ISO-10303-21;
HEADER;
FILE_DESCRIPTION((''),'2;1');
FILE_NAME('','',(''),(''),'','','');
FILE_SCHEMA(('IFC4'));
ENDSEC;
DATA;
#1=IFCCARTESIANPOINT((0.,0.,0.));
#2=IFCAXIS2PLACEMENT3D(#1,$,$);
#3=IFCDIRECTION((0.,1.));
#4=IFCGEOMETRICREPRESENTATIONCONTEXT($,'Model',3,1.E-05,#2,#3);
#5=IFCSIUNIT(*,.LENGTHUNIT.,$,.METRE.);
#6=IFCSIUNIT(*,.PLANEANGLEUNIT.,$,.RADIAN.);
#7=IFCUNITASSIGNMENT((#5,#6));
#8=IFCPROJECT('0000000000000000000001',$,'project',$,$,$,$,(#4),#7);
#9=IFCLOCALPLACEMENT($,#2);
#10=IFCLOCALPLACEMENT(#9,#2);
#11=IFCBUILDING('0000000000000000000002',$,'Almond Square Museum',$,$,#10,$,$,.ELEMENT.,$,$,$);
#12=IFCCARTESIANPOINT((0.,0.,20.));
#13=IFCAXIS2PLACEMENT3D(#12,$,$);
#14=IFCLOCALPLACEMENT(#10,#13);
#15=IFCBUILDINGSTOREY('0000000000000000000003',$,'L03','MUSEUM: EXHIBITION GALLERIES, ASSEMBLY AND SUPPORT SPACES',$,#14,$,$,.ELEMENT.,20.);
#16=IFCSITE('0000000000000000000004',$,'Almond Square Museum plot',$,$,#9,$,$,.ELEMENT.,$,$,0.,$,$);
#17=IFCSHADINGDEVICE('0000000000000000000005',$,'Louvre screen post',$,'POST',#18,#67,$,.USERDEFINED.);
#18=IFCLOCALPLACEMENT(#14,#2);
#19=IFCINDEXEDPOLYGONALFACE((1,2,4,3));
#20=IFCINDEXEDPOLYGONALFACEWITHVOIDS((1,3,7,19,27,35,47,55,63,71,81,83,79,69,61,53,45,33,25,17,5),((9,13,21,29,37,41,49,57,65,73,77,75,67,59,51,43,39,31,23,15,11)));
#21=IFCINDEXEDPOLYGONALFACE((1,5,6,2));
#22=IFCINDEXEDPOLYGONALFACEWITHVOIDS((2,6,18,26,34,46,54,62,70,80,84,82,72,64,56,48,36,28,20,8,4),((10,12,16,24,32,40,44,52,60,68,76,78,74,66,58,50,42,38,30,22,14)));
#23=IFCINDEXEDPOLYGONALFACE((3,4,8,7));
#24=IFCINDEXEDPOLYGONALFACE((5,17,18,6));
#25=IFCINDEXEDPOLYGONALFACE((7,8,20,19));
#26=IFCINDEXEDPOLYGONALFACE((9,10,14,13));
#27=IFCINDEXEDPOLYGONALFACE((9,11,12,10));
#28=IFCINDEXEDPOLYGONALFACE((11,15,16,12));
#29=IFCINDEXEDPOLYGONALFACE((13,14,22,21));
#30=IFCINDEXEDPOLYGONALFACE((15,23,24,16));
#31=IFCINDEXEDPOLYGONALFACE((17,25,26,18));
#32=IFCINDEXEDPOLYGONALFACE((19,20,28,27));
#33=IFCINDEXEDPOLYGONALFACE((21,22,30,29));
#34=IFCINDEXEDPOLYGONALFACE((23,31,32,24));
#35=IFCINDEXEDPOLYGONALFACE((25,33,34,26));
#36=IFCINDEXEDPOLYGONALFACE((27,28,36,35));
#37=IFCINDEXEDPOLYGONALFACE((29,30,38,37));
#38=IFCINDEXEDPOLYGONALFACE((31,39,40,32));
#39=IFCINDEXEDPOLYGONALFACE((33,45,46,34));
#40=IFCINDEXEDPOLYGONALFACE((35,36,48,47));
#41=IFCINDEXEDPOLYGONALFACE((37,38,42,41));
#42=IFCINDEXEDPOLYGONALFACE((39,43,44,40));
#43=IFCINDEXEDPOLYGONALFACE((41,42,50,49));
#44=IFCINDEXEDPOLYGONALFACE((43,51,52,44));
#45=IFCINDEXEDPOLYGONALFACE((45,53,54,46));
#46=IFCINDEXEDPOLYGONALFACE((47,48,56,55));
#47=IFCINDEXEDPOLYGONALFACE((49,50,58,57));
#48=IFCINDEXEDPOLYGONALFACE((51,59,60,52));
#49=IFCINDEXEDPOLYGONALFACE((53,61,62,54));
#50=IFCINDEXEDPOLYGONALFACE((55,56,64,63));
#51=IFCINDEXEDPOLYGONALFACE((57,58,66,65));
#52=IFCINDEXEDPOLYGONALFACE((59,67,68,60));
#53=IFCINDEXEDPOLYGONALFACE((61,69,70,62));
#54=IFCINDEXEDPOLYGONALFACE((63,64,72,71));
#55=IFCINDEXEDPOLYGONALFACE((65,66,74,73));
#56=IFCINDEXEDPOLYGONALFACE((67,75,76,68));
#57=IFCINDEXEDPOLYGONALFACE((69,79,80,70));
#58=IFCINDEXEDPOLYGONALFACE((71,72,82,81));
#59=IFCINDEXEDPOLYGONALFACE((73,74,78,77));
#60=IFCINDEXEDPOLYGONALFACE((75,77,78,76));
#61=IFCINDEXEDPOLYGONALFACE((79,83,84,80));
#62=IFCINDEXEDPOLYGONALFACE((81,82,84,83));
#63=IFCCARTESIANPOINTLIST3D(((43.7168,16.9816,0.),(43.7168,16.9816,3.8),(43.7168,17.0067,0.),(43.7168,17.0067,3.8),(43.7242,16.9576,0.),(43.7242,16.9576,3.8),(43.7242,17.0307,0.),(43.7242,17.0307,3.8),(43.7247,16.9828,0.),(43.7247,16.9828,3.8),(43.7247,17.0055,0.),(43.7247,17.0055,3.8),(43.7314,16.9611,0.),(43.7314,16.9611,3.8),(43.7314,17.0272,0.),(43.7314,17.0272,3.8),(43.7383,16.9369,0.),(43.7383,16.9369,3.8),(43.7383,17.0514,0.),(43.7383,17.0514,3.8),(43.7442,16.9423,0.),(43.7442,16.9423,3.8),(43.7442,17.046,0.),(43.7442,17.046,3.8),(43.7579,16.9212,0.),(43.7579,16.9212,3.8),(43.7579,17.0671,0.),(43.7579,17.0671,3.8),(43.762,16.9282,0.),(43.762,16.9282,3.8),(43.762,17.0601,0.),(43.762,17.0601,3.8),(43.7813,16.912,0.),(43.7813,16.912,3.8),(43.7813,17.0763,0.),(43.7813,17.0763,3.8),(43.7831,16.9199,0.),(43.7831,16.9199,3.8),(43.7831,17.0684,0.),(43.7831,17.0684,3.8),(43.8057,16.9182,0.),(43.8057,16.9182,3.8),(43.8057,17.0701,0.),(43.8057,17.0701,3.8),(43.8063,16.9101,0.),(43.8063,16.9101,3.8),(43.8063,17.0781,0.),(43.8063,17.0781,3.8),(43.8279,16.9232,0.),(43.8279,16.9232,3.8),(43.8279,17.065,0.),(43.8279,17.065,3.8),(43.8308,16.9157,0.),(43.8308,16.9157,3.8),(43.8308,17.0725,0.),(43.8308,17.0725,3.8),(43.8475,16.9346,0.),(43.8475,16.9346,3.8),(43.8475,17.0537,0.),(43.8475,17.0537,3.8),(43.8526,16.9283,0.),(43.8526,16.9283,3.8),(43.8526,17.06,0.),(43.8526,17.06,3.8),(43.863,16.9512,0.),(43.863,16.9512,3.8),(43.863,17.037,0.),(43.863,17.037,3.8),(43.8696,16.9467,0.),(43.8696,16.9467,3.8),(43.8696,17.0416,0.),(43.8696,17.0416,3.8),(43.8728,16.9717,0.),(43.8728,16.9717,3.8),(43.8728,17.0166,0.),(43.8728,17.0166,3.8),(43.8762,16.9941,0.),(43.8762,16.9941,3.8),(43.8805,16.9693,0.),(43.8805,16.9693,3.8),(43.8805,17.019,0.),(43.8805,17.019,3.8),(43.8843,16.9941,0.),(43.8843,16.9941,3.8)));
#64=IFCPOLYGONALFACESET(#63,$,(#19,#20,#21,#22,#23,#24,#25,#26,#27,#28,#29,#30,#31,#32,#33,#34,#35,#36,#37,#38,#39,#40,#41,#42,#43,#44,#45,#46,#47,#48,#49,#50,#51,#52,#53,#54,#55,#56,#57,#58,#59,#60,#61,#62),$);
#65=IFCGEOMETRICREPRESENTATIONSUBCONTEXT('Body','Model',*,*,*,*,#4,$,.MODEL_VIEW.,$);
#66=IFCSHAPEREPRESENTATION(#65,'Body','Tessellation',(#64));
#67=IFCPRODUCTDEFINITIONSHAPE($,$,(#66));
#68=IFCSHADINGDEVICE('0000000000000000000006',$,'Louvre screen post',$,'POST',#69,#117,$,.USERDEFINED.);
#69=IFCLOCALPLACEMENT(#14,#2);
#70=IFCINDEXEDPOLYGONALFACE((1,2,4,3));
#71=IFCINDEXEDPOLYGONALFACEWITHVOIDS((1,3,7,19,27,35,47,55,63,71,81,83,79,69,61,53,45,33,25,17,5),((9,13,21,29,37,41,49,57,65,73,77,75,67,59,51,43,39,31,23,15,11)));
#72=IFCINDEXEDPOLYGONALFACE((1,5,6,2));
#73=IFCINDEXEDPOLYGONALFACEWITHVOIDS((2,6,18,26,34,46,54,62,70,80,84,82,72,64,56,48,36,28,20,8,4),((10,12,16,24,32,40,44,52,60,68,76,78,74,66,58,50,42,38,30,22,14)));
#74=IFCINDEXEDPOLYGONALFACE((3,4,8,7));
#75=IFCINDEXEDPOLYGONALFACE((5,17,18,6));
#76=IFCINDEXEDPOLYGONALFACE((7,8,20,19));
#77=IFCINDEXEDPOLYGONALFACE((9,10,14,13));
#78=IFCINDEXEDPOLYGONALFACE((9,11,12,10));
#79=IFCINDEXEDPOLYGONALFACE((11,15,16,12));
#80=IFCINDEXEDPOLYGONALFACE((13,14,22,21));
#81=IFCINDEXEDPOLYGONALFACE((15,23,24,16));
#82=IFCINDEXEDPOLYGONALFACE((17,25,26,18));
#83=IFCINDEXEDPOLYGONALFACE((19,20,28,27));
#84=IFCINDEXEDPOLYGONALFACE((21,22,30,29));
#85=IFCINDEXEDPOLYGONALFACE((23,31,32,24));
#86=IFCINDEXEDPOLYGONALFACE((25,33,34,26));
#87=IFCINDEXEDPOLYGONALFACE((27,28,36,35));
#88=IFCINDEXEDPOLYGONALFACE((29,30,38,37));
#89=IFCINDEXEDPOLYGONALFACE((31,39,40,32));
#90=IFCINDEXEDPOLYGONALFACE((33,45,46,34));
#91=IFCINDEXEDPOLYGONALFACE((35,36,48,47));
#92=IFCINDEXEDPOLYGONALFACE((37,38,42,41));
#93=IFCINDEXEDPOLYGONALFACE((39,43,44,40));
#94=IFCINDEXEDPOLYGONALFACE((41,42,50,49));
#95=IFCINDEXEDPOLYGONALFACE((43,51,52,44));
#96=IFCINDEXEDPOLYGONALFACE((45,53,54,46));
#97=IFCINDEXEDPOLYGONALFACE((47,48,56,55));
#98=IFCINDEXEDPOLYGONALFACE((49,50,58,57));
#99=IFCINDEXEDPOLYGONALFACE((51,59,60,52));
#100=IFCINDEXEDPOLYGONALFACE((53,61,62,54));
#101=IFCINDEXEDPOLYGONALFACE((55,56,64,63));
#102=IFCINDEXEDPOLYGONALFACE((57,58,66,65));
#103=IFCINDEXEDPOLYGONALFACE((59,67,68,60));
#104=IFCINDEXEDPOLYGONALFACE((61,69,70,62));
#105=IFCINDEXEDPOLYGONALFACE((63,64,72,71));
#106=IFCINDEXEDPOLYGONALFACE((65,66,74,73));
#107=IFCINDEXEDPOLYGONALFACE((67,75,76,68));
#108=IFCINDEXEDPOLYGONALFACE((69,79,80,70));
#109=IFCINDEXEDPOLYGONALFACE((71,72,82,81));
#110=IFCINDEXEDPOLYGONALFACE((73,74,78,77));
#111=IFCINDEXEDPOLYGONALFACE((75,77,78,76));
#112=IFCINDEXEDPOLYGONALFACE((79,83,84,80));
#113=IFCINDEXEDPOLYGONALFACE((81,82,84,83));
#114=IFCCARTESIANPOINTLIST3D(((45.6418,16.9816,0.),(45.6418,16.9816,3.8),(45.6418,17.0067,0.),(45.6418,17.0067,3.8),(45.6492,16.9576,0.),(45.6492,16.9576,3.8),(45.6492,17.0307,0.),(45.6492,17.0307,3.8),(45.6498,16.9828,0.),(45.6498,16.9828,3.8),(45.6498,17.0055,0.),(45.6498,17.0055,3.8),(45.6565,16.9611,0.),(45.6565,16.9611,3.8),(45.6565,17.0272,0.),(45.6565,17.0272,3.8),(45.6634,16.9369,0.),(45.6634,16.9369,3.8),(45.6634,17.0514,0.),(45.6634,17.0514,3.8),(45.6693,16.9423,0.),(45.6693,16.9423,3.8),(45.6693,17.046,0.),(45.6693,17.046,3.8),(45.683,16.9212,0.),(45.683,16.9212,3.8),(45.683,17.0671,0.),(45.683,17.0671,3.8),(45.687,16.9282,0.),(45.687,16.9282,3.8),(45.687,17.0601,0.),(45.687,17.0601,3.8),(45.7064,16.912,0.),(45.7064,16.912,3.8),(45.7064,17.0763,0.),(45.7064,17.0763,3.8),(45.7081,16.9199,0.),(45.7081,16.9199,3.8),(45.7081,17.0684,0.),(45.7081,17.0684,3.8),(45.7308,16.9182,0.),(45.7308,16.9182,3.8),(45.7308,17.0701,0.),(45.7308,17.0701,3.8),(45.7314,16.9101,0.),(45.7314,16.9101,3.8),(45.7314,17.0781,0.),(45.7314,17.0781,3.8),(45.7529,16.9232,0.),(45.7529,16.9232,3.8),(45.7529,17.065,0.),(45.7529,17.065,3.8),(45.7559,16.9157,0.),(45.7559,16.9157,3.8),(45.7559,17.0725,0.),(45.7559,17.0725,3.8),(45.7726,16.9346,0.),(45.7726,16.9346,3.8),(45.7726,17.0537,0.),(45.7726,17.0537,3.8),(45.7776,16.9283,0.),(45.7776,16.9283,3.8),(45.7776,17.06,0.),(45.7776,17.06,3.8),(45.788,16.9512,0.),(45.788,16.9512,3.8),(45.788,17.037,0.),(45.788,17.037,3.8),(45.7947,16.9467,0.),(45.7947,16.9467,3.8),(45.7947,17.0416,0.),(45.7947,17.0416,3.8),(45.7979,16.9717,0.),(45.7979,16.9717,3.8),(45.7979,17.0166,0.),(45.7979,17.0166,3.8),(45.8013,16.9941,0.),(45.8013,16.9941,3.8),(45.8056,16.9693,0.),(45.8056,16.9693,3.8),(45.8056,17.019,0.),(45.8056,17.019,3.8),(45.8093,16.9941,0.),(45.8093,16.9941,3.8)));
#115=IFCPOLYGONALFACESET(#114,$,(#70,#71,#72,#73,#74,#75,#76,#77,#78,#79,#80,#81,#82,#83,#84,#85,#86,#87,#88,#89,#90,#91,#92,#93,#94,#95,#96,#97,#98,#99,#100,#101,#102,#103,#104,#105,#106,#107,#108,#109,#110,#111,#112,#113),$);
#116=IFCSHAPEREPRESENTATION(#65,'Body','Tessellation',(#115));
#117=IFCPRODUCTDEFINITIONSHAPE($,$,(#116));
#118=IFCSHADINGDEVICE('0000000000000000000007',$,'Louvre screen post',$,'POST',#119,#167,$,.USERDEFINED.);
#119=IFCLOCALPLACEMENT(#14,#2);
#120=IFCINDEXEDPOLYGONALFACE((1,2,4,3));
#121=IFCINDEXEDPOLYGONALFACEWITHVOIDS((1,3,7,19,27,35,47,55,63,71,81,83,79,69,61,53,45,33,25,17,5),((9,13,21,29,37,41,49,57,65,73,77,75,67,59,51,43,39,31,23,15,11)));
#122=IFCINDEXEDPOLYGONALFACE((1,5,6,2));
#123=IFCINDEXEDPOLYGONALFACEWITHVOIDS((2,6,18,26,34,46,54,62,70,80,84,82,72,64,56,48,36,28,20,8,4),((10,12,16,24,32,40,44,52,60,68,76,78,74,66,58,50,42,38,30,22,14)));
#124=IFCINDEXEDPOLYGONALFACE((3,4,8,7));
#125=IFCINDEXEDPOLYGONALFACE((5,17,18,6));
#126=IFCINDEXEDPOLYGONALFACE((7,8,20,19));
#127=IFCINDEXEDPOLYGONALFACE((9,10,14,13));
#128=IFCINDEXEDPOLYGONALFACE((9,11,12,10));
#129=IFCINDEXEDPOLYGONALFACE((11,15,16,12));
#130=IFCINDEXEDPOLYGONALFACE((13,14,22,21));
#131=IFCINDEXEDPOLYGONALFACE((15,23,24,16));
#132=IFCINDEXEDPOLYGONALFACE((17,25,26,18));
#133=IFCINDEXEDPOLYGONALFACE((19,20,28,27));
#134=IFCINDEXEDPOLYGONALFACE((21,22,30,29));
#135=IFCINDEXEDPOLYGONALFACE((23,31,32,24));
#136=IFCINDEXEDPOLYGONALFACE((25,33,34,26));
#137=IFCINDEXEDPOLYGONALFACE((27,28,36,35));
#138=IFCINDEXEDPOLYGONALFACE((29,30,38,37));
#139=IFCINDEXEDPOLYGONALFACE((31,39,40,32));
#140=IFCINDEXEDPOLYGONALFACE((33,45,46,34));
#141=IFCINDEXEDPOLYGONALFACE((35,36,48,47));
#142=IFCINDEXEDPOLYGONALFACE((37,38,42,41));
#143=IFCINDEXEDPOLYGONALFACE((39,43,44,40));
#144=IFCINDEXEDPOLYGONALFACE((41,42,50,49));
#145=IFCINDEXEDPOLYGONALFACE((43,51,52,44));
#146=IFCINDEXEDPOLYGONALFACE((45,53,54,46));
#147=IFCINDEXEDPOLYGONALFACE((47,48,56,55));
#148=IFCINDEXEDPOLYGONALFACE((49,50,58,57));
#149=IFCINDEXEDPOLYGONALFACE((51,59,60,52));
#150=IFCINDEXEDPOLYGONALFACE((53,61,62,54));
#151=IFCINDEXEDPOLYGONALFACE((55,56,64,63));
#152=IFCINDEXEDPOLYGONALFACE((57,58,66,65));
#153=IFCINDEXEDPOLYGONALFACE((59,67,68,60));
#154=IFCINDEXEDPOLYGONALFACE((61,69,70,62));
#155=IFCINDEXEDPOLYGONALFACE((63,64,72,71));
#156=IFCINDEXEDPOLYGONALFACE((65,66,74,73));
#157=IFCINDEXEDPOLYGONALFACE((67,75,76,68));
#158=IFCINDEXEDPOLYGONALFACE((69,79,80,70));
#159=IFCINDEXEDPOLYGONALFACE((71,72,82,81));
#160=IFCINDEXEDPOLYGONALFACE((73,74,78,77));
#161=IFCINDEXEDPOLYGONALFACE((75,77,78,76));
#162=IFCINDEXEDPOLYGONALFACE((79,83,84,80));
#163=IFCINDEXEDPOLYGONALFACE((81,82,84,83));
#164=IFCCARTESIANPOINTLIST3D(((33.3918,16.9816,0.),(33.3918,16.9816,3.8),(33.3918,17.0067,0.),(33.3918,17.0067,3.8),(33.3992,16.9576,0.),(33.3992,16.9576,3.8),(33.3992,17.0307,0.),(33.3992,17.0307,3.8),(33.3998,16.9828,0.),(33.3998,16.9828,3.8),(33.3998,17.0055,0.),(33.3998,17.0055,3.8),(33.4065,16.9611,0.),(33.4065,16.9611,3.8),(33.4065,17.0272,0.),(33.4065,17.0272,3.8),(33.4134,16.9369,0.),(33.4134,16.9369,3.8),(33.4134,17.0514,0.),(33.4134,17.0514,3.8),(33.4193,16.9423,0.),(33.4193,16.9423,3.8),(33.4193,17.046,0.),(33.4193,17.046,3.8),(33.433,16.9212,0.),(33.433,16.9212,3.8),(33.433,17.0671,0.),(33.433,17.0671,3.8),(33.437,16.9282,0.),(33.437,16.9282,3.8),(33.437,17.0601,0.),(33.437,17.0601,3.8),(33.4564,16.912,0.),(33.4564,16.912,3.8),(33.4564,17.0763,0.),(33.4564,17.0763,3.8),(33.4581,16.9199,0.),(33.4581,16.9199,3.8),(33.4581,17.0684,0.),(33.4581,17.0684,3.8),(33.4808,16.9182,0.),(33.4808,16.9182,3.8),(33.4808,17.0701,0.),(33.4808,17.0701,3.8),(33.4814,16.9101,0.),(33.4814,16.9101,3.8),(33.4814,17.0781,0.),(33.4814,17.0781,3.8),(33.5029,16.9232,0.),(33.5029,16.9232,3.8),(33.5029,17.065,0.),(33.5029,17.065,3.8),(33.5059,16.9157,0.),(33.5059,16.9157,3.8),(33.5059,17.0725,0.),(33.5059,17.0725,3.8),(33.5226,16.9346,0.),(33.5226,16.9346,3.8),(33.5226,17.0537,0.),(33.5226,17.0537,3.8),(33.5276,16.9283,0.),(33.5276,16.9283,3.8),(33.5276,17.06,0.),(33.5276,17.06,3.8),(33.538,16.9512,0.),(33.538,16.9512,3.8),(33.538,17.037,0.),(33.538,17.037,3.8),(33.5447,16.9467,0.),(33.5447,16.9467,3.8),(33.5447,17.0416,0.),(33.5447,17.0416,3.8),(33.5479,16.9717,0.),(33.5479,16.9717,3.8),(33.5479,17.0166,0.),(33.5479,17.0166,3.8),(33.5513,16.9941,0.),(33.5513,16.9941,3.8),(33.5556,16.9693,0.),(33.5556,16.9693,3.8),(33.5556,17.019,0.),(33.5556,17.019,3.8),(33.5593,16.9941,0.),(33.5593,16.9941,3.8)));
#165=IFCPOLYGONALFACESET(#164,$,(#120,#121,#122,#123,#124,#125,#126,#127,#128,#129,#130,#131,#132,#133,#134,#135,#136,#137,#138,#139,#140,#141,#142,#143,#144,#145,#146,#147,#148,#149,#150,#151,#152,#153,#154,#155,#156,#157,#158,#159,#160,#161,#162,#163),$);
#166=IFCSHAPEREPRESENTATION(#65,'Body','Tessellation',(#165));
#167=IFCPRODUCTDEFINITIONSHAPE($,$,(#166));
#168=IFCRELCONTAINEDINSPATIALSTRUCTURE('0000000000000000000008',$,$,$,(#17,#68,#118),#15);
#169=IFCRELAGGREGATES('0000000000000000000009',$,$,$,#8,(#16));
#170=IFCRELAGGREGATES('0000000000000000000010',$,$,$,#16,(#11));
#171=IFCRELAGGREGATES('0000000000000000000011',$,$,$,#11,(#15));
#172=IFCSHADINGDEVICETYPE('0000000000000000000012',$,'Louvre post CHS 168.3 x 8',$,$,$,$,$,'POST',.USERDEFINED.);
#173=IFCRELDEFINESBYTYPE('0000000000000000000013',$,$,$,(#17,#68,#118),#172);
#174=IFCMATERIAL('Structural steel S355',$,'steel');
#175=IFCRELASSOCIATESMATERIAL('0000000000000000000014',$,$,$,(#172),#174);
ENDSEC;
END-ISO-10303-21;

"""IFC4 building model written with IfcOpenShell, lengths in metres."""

from ifc_helpers import new_model, si_unit, direction, frame, origin, origin_2d, place, context, subcontext, project, spatial, hollow_circle, extrude, material, material_profile, profile_set, type_object, element, save


model = new_model("IFC4")

# Units and contexts
model_context = context("Model", 3, precision=1e-05, world=origin(), true_north=direction((0.0, 1.0)))
body_context = subcontext(model_context, "Body", "Model", "MODEL_VIEW")
ifc_project = project(units=[si_unit("LENGTHUNIT", "METRE"), si_unit("PLANEANGLEUNIT", "RADIAN")], contexts=[model_context])

# Site, building, storey
site_placement = place(None, origin())
site = spatial("IfcSite", under=ifc_project, at=site_placement, Name="Almond Square Museum plot", CompositionType="ELEMENT", RefElevation=0.0)
building_placement = place(site_placement, origin())
building = spatial("IfcBuilding", under=site, at=building_placement, Name="Almond Square Museum", CompositionType="ELEMENT")
storey_placement = place(building_placement, frame((0.0, 0.0, 20.0)))
storey = spatial("IfcBuildingStorey", under=building, at=storey_placement, Name="L03", Description="MUSEUM: EXHIBITION GALLERIES, ASSEMBLY AND SUPPORT SPACES", CompositionType="ELEMENT", Elevation=20.0)

# Shading devices
ifc_material_1 = material(Name="Structural steel S355", Category="steel")
ifc_material_profile_1 = material_profile(ifc_material_1, hollow_circle(Radius=0.0842, WallThickness=0.0081, at=origin_2d()))
ifc_profile_set_1 = profile_set([ifc_material_profile_1], Name="Structural steel S355")
shading_device_type = type_object("IfcShadingDeviceType", Name="Louvre post CHS 168.3 x 8", ElementType="POST", PredefinedType="USERDEFINED", material=ifc_profile_set_1)
for number, where, z_axis, x_axis, name in (
    (1, (43.8, 16.9941, 0.0), (0.0, 0.0, 1.0), (1.0, 0.0, 0.0), "Louvre screen post"),
    (2, (45.7251, 16.9941, 0.0), (0.0, 0.0, 1.0), (1.0, 0.0, 0.0), "Louvre screen post"),
    (3, (33.4751, 16.9941, 0.0), (0.0, 0.0, 1.0), (1.0, 0.0, 0.0), "Louvre screen post"),
):
    element("IfcShadingDevice", number, at=place(storey_placement, frame(where, z_axis=z_axis, x_axis=x_axis)), inside=storey, type_object=shading_device_type, Name=name, ObjectType="POST", PredefinedType="USERDEFINED", context=body_context, shape_type="SweptSolid", body=[
        extrude(hollow_circle(Radius=0.0842, WallThickness=0.0081, at=origin_2d()), origin(), (0.0, 0.0, 1.0), 3.8),
    ])

save(model, "model.ifc")
